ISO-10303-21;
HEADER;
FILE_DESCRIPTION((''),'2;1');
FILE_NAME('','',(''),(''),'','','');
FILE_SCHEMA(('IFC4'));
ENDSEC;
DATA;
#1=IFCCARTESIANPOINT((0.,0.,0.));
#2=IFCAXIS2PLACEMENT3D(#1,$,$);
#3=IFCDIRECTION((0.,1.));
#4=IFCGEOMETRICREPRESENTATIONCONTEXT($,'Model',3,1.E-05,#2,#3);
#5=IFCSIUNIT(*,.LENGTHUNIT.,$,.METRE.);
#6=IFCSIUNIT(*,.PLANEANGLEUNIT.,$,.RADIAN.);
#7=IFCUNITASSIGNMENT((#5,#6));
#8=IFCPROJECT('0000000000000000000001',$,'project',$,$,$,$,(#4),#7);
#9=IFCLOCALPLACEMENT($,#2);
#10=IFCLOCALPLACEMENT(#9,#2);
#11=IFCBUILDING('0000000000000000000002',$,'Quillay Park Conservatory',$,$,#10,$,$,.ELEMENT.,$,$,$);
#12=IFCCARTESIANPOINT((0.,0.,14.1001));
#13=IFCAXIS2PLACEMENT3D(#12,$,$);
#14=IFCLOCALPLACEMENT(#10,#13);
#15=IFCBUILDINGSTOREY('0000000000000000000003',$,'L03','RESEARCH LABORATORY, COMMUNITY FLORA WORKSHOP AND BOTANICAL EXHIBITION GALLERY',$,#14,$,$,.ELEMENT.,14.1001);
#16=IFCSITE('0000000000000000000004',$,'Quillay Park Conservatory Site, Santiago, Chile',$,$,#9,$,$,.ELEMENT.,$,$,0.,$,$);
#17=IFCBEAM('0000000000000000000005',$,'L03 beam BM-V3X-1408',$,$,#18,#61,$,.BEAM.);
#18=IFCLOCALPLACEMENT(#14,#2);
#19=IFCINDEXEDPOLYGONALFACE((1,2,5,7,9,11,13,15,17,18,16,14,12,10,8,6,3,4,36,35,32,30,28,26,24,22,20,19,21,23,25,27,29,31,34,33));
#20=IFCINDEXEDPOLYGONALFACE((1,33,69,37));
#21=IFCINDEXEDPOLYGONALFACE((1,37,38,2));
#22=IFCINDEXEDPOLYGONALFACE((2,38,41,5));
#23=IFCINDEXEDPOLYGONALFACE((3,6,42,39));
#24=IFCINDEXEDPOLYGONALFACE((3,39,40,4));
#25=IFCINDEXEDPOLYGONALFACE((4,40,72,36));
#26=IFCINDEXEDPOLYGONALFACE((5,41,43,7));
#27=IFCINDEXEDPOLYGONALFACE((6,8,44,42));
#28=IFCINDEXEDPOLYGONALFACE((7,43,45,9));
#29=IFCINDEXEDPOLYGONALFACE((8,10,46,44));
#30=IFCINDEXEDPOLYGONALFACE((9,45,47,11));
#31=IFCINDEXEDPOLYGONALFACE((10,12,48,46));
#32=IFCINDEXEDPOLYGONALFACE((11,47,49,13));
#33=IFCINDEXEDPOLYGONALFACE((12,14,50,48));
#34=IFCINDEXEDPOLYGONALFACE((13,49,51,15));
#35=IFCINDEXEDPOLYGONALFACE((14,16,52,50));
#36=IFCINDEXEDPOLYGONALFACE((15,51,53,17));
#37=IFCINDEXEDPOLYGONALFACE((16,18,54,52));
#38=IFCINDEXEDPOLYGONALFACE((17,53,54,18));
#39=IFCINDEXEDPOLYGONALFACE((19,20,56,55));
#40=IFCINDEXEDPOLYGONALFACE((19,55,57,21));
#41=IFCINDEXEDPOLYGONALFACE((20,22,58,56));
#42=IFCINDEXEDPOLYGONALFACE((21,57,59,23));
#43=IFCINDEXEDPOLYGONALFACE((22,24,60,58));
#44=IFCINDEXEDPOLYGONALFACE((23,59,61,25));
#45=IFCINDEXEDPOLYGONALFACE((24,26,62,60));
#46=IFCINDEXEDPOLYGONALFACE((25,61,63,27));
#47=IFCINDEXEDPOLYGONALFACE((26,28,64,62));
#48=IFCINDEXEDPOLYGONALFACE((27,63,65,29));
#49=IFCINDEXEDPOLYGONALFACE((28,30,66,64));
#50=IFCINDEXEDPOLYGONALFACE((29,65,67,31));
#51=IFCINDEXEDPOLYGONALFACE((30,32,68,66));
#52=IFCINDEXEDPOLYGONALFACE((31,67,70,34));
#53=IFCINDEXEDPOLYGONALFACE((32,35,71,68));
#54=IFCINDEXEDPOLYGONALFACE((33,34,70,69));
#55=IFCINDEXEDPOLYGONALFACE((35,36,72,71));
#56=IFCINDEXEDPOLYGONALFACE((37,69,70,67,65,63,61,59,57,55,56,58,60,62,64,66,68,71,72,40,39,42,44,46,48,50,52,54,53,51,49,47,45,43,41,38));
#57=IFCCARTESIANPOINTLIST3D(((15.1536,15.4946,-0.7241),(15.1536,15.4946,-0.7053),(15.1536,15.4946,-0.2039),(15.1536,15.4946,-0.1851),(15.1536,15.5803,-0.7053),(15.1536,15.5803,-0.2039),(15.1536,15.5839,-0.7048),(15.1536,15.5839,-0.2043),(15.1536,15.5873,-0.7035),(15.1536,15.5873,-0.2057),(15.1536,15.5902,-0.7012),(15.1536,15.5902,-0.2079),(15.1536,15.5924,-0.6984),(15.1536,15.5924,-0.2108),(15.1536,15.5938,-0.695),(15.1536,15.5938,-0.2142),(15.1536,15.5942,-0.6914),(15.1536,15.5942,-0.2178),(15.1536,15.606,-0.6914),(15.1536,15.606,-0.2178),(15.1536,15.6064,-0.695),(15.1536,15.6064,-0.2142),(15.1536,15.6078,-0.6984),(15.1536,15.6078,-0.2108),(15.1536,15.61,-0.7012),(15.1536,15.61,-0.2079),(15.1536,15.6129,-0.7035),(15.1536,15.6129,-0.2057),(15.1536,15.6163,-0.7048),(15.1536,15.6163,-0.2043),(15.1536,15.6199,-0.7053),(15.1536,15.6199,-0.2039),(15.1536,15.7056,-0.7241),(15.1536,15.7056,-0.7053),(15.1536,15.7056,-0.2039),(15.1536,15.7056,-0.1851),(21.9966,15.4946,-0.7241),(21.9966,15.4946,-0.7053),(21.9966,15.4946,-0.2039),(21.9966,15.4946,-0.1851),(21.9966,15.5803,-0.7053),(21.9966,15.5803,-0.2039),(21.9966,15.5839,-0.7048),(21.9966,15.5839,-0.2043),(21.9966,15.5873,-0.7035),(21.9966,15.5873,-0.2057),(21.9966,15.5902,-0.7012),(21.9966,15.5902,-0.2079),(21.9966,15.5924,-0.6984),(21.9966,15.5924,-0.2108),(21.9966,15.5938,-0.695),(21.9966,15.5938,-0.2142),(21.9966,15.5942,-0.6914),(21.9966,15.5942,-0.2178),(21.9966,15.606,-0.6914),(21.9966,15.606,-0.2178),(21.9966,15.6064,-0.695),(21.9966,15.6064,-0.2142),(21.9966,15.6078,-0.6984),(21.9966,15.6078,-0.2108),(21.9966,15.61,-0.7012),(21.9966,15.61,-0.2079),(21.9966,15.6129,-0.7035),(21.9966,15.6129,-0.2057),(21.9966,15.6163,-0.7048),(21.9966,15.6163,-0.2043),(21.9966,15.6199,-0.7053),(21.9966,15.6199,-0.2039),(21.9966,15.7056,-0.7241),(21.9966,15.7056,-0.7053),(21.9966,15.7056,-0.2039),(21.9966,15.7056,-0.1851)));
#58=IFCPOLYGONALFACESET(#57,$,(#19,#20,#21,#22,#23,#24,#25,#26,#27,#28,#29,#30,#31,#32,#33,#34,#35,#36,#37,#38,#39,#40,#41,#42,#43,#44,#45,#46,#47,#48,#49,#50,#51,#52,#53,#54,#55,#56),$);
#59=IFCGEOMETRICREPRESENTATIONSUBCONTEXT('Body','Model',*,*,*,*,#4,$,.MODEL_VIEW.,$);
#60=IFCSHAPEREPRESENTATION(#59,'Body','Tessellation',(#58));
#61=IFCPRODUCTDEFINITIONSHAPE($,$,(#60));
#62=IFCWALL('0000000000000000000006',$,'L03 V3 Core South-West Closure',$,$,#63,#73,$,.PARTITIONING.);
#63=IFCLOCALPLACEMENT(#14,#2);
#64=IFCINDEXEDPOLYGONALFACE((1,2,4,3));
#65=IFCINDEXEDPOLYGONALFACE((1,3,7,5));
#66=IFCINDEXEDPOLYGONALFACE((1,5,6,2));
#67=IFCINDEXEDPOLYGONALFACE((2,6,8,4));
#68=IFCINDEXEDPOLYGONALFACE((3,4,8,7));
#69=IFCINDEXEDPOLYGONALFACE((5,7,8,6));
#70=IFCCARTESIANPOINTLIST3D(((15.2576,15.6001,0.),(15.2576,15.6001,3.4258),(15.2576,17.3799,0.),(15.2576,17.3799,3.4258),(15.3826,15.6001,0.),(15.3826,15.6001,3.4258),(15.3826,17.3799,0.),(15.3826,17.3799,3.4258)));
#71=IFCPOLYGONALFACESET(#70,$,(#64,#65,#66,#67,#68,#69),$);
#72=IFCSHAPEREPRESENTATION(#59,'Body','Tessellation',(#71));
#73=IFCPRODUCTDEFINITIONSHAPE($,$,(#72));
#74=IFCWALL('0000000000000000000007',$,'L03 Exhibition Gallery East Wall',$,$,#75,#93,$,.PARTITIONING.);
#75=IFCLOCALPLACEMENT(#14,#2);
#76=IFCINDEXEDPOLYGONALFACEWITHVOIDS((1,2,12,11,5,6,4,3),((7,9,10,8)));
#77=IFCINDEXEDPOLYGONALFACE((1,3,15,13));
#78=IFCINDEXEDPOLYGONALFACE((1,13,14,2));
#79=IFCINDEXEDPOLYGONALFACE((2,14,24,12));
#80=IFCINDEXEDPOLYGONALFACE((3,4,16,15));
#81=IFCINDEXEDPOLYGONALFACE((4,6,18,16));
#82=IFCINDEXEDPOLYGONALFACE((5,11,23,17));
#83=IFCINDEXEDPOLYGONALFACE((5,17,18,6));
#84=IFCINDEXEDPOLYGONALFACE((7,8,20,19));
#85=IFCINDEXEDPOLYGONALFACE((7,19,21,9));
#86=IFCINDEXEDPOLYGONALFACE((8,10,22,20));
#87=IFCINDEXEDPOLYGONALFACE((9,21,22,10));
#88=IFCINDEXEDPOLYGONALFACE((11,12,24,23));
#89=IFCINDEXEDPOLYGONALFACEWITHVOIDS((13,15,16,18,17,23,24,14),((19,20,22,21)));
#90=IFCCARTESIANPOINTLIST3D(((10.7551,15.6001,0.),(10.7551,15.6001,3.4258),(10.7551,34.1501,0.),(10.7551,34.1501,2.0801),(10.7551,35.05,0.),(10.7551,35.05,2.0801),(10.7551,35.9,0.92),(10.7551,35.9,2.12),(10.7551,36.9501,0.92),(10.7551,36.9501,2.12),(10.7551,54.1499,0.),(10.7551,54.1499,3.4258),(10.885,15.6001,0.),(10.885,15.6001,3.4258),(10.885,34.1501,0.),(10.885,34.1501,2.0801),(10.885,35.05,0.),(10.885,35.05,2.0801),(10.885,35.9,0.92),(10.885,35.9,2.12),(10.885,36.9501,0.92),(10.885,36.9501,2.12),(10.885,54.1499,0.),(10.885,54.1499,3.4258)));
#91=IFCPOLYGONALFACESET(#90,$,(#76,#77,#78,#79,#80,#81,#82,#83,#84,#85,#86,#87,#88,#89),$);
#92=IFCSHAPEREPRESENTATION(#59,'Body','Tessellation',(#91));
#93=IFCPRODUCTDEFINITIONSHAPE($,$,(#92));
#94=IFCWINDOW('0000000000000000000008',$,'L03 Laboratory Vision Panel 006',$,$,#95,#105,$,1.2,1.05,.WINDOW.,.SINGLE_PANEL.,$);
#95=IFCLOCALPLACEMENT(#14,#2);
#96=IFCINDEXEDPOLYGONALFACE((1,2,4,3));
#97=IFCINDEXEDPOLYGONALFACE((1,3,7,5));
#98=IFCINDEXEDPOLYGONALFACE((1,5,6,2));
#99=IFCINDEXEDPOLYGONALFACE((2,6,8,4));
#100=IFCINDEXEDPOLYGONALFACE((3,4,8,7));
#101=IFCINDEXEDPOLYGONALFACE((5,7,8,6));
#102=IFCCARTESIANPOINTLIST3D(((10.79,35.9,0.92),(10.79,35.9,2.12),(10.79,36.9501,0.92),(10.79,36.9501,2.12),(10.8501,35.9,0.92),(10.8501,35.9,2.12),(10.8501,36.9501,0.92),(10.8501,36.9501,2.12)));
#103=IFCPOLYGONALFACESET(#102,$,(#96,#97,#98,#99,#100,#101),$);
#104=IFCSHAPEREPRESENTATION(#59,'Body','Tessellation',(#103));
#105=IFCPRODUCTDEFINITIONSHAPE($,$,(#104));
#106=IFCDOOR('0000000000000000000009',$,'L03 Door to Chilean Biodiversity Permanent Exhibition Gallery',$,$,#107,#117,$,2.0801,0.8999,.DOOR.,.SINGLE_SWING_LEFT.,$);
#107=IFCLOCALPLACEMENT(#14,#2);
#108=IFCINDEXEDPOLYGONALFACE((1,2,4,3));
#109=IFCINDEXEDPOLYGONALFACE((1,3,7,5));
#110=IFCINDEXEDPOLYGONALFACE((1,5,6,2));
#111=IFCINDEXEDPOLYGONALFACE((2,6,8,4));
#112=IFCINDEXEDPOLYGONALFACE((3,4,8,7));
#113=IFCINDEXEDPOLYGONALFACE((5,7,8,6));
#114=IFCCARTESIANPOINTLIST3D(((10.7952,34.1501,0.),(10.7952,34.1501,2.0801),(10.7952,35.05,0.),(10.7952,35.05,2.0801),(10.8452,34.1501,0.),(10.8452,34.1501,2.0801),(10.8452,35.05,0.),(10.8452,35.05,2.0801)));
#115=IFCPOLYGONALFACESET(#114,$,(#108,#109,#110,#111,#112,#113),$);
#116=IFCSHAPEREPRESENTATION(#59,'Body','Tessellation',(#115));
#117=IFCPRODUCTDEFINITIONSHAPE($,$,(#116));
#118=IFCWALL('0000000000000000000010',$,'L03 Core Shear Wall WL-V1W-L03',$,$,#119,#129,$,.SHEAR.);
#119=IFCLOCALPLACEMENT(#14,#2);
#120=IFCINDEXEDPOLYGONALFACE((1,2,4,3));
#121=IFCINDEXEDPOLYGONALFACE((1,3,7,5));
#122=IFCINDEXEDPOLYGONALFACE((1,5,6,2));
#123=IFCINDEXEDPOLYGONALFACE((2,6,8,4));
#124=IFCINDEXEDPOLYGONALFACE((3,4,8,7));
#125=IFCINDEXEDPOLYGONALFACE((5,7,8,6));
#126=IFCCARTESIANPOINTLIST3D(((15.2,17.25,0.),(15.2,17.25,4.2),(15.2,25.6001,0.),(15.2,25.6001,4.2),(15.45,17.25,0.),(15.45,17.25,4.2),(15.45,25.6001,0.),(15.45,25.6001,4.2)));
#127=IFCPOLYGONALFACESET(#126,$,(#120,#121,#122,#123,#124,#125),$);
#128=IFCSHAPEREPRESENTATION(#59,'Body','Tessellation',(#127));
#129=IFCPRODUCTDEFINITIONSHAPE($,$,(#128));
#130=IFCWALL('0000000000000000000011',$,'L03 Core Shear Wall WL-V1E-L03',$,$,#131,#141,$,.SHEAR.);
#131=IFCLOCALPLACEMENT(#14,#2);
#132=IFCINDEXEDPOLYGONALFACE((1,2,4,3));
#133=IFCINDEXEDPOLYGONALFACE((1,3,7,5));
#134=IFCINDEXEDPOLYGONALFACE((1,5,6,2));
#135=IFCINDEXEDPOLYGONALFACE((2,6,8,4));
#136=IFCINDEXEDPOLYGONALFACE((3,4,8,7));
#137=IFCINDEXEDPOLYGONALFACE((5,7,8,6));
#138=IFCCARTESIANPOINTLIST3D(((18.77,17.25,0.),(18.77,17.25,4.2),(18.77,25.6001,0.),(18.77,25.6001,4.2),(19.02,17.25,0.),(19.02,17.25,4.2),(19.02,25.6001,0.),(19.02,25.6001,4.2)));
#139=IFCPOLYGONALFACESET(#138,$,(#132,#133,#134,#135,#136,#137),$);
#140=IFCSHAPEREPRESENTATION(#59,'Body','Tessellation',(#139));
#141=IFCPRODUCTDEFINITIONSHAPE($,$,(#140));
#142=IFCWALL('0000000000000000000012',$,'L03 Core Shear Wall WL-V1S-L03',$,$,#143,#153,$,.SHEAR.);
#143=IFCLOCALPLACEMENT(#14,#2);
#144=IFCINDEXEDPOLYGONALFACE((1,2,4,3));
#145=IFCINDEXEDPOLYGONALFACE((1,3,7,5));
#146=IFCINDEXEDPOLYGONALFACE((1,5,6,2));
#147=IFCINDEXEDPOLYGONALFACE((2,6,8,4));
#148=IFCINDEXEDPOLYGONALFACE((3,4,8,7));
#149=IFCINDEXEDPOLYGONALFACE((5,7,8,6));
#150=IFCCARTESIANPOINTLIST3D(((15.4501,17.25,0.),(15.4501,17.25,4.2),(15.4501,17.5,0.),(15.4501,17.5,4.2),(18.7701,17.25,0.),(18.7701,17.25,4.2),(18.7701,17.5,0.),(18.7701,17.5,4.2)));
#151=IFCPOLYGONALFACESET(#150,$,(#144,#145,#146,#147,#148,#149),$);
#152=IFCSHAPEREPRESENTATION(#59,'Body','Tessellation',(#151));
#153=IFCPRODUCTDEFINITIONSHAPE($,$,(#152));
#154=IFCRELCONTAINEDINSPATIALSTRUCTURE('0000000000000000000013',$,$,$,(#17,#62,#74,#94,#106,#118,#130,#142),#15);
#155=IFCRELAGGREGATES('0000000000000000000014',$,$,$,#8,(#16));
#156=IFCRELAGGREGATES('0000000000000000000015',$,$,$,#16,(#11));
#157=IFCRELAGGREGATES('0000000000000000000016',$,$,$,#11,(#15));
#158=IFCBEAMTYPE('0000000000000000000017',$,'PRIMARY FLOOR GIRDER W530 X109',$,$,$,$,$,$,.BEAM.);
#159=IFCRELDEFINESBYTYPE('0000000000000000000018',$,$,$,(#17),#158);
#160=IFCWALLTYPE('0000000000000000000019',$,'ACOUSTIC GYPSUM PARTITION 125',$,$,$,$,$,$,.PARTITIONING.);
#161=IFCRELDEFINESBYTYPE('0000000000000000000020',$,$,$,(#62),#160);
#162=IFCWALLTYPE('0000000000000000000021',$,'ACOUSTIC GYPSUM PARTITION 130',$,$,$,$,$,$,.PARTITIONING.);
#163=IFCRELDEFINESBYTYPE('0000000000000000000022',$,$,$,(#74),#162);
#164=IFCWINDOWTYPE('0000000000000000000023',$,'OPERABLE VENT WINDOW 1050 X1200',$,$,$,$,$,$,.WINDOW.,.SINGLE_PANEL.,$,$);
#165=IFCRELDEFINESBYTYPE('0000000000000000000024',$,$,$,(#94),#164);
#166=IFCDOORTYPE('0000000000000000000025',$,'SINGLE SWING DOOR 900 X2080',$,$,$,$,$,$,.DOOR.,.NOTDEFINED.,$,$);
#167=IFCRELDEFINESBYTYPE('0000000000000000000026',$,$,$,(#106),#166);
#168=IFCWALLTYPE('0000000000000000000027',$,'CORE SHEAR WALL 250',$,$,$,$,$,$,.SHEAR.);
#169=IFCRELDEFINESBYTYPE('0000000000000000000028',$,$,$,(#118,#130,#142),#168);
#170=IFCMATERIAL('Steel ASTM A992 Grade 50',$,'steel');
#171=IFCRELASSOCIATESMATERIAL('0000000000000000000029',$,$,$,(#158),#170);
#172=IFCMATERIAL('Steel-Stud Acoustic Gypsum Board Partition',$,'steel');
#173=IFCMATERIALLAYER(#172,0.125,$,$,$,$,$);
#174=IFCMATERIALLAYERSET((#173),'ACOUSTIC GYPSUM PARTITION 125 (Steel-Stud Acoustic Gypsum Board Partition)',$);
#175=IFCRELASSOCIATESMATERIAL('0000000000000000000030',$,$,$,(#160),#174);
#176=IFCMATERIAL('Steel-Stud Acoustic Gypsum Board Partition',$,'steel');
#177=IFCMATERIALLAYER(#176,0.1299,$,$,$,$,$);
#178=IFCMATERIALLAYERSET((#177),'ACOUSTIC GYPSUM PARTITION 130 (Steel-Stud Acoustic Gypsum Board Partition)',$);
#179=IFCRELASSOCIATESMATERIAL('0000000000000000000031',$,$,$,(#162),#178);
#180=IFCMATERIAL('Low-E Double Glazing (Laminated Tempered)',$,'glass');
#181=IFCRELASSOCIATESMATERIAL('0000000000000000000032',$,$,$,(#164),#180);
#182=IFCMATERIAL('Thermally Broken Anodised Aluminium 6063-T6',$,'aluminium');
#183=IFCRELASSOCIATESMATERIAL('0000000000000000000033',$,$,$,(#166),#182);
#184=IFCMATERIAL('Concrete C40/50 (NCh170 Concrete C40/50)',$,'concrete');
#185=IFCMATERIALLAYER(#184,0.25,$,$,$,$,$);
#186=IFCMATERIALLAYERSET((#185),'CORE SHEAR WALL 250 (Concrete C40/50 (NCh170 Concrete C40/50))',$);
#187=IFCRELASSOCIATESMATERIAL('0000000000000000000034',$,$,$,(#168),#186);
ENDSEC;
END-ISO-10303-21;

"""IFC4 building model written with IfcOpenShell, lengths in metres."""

from ifc_helpers import new_model, si_unit, direction, frame, frame_2d, origin, origin_2d, place, context, subcontext, project, spatial, rectangle, i_section, extrude, material, layer, layer_set, material_profile, profile_set, type_object, element, fill, save


model = new_model("IFC4")

# Units and contexts
model_context = context("Model", 3, precision=1e-05, world=origin(), true_north=direction((0.0, 1.0)))
body_context = subcontext(model_context, "Body", "Model", "MODEL_VIEW")
ifc_project = project(units=[si_unit("LENGTHUNIT", "METRE"), si_unit("PLANEANGLEUNIT", "RADIAN")], contexts=[model_context])

# Site, building, storey
site_placement = place(None, origin())
site = spatial("IfcSite", under=ifc_project, at=site_placement, Name="Quillay Park Conservatory Site, Santiago, Chile", CompositionType="ELEMENT", RefElevation=0.0)
building_placement = place(site_placement, origin())
building = spatial("IfcBuilding", under=site, at=building_placement, Name="Quillay Park Conservatory", CompositionType="ELEMENT")
storey_placement = place(building_placement, frame((0.0, 0.0, 14.1001)))
storey = spatial("IfcBuildingStorey", under=building, at=storey_placement, Name="L03", Description="RESEARCH LABORATORY, COMMUNITY FLORA WORKSHOP AND BOTANICAL EXHIBITION GALLERY", CompositionType="ELEMENT", Elevation=14.1001)

# Beam
ifc_material_1 = material(Name="Steel ASTM A992 Grade 50", Category="steel")
ifc_material_profile_1 = material_profile(ifc_material_1, i_section(OverallWidth=0.2109, OverallDepth=0.5391, WebThickness=0.0117, FlangeThickness=0.0188, FilletRadius=0.0139, at=origin_2d()), Name="W530x109")
ifc_profile_set_1 = profile_set([ifc_material_profile_1], Name="Steel ASTM A992 Grade 50")
beam_type_1 = type_object("IfcBeamType", Name="PRIMARY FLOOR GIRDER W530 X109", PredefinedType="BEAM", material=ifc_profile_set_1)
beam_1_placement = place(storey_placement, frame((15.1536, 15.6001, -0.4546), z_axis=(1.0, 0.0, 0.0), x_axis=(0.0, 1.0, 0.0)))
element("IfcBeam", 1, at=beam_1_placement, inside=storey, type_object=beam_type_1, Name="L03 beam BM-V3X-1408", PredefinedType="BEAM", context=body_context, shape_type="SweptSolid", body=[
    extrude(i_section(OverallWidth=0.2109, OverallDepth=0.5391, WebThickness=0.0117, FlangeThickness=0.0188, FilletRadius=0.0139, at=origin_2d()), origin(), (0.0, 0.0, 1.0), 6.843),
])

# Wall
ifc_material_2 = material(Name="Steel-Stud Acoustic Gypsum Board Partition", Category="steel")
ifc_layer_1 = layer(ifc_material_2, 0.125)
ifc_layer_set_1 = layer_set([ifc_layer_1], Name="ACOUSTIC GYPSUM PARTITION 125 (Steel-Stud Acoustic Gypsum Board Partition)")
wall_type_1 = type_object("IfcWallType", Name="ACOUSTIC GYPSUM PARTITION 125", PredefinedType="PARTITIONING", material=ifc_layer_set_1)
wall_1_placement = place(storey_placement, frame((15.3201, 15.6001, 0.0), z_axis=(0.0, 0.0, 1.0), x_axis=(0.0, 1.0, 0.0)))
element("IfcWall", 2, at=wall_1_placement, inside=storey, type_object=wall_type_1, Name="L03 V3 Core South-West Closure", PredefinedType="PARTITIONING", context=body_context, shape_type="SweptSolid", body=[
    extrude(rectangle(XDim=1.7798, YDim=0.125, at=frame_2d((0.8899, 0.0))), origin(), (0.0, 0.0, 1.0), 3.4258),
])

# Wall, openings, window, door
ifc_material_3 = material(Name="Steel-Stud Acoustic Gypsum Board Partition", Category="steel")
ifc_layer_2 = layer(ifc_material_3, 0.1299)
ifc_layer_set_2 = layer_set([ifc_layer_2], Name="ACOUSTIC GYPSUM PARTITION 130 (Steel-Stud Acoustic Gypsum Board Partition)")
wall_type_2 = type_object("IfcWallType", Name="ACOUSTIC GYPSUM PARTITION 130", PredefinedType="PARTITIONING", material=ifc_layer_set_2)
wall_2_placement = place(storey_placement, frame((10.8201, 15.6001, 0.0), z_axis=(0.0, 0.0, 1.0), x_axis=(0.0, 1.0, 0.0)))
wall_2 = element("IfcWall", 3, at=wall_2_placement, inside=storey, type_object=wall_type_2, Name="L03 Exhibition Gallery East Wall", PredefinedType="PARTITIONING", context=body_context, shape_type="SweptSolid", body=[
    extrude(rectangle(XDim=38.5498, YDim=0.1299, at=frame_2d((19.2749, 0.0))), origin(), (0.0, 0.0, 1.0), 3.4258),
])
opening_1_placement = place(wall_2_placement, frame((18.55, 0.0, 0.0)))
opening_1 = element("IfcOpeningElement", 4, at=opening_1_placement, cuts=wall_2, PredefinedType="OPENING", context=body_context, shape_type="SweptSolid", body=[
    extrude(rectangle(XDim=0.8999, YDim=2.0801, at=frame_2d((0.45, 1.04))), frame((0.0, 0.0649, 0.0), z_axis=(0.0, -1.0, 0.0), x_axis=(1.0, 0.0, 0.0)), (0.0, 0.0, 1.0), 0.1299),
])
opening_2_placement = place(wall_2_placement, frame((20.3, 0.0, 0.9199)))
opening_2 = element("IfcOpeningElement", 5, at=opening_2_placement, cuts=wall_2, PredefinedType="OPENING", context=body_context, shape_type="SweptSolid", body=[
    extrude(rectangle(XDim=1.05, YDim=1.2, at=frame_2d((0.5249, 0.6001))), frame((0.0, 0.0649, 0.0), z_axis=(0.0, -1.0, 0.0), x_axis=(1.0, 0.0, 0.0)), (0.0, 0.0, 1.0), 0.1299),
])
ifc_material_4 = material(Name="Low-E Double Glazing (Laminated Tempered)", Category="glass")
window_type = type_object("IfcWindowType", Name="OPERABLE VENT WINDOW 1050 X1200", PartitioningType="SINGLE_PANEL", PredefinedType="WINDOW", material=ifc_material_4)
window_placement = place(opening_2_placement, origin())
window = element("IfcWindow", 6, at=window_placement, inside=storey, type_object=window_type, Name="L03 Laboratory Vision Panel 006", OverallHeight=1.2, OverallWidth=1.05, PartitioningType="SINGLE_PANEL", PredefinedType="WINDOW", context=body_context, shape_type="SweptSolid", body=[
    extrude(rectangle(XDim=1.05, YDim=1.2, at=frame_2d((0.5249, 0.6001))), frame((0.0, 0.03, 0.0), z_axis=(0.0, -1.0, 0.0), x_axis=(1.0, 0.0, 0.0)), (0.0, 0.0, 1.0), 0.0601),
])
fill(opening_2, window)
ifc_material_5 = material(Name="Thermally Broken Anodised Aluminium 6063-T6", Category="aluminium")
door_type = type_object("IfcDoorType", Name="SINGLE SWING DOOR 900 X2080", OperationType="NOTDEFINED", PredefinedType="DOOR", material=ifc_material_5)
door_placement = place(opening_1_placement, origin())
door = element("IfcDoor", 7, at=door_placement, inside=storey, type_object=door_type, Name="L03 Door to Chilean Biodiversity Permanent Exhibition Gallery", OperationType="SINGLE_SWING_LEFT", OverallHeight=2.0801, OverallWidth=0.8999, PredefinedType="DOOR", context=body_context, shape_type="SweptSolid", body=[
    extrude(rectangle(XDim=0.8999, YDim=2.0801, at=frame_2d((0.45, 1.04))), frame((0.0, 0.0249, 0.0), z_axis=(0.0, -1.0, 0.0), x_axis=(1.0, 0.0, 0.0)), (0.0, 0.0, 1.0), 0.05),
])
fill(opening_1, door)

# Walls
ifc_material_6 = material(Name="Concrete C40/50 (NCh170 Concrete C40/50)", Category="concrete")
ifc_layer_3 = layer(ifc_material_6, 0.25)
ifc_layer_set_3 = layer_set([ifc_layer_3], Name="CORE SHEAR WALL 250 (Concrete C40/50 (NCh170 Concrete C40/50))")
wall_type_3 = type_object("IfcWallType", Name="CORE SHEAR WALL 250", PredefinedType="SHEAR", material=ifc_layer_set_3)
for number, where, z_axis, x_axis, name in (
    (8, (15.325, 17.25, 0.0), (0.0, 0.0, 1.0), (0.0, 1.0, 0.0), "L03 Core Shear Wall WL-V1W-L03"),
    (9, (18.895, 17.25, 0.0), (0.0, 0.0, 1.0), (0.0, 1.0, 0.0), "L03 Core Shear Wall WL-V1E-L03"),
):
    element("IfcWall", number, at=place(storey_placement, frame(where, z_axis=z_axis, x_axis=x_axis)), inside=storey, type_object=wall_type_3, Name=name, PredefinedType="SHEAR", context=body_context, shape_type="SweptSolid", body=[
        extrude(rectangle(XDim=8.3501, YDim=0.25, at=frame_2d((4.175, 0.0))), origin(), (0.0, 0.0, 1.0), 4.2),
    ])
wall_3_placement = place(storey_placement, frame((15.45, 17.375, 0.0), z_axis=(0.0, 0.0, 1.0), x_axis=(1.0, 0.0, 0.0)))
element("IfcWall", 10, at=wall_3_placement, inside=storey, type_object=wall_type_3, Name="L03 Core Shear Wall WL-V1S-L03", PredefinedType="SHEAR", context=body_context, shape_type="SweptSolid", body=[
    extrude(rectangle(XDim=3.3201, YDim=0.25, at=frame_2d((1.6602, 0.0))), origin(), (0.0, 0.0, 1.0), 4.2),
])

save(model, "model.ifc")
